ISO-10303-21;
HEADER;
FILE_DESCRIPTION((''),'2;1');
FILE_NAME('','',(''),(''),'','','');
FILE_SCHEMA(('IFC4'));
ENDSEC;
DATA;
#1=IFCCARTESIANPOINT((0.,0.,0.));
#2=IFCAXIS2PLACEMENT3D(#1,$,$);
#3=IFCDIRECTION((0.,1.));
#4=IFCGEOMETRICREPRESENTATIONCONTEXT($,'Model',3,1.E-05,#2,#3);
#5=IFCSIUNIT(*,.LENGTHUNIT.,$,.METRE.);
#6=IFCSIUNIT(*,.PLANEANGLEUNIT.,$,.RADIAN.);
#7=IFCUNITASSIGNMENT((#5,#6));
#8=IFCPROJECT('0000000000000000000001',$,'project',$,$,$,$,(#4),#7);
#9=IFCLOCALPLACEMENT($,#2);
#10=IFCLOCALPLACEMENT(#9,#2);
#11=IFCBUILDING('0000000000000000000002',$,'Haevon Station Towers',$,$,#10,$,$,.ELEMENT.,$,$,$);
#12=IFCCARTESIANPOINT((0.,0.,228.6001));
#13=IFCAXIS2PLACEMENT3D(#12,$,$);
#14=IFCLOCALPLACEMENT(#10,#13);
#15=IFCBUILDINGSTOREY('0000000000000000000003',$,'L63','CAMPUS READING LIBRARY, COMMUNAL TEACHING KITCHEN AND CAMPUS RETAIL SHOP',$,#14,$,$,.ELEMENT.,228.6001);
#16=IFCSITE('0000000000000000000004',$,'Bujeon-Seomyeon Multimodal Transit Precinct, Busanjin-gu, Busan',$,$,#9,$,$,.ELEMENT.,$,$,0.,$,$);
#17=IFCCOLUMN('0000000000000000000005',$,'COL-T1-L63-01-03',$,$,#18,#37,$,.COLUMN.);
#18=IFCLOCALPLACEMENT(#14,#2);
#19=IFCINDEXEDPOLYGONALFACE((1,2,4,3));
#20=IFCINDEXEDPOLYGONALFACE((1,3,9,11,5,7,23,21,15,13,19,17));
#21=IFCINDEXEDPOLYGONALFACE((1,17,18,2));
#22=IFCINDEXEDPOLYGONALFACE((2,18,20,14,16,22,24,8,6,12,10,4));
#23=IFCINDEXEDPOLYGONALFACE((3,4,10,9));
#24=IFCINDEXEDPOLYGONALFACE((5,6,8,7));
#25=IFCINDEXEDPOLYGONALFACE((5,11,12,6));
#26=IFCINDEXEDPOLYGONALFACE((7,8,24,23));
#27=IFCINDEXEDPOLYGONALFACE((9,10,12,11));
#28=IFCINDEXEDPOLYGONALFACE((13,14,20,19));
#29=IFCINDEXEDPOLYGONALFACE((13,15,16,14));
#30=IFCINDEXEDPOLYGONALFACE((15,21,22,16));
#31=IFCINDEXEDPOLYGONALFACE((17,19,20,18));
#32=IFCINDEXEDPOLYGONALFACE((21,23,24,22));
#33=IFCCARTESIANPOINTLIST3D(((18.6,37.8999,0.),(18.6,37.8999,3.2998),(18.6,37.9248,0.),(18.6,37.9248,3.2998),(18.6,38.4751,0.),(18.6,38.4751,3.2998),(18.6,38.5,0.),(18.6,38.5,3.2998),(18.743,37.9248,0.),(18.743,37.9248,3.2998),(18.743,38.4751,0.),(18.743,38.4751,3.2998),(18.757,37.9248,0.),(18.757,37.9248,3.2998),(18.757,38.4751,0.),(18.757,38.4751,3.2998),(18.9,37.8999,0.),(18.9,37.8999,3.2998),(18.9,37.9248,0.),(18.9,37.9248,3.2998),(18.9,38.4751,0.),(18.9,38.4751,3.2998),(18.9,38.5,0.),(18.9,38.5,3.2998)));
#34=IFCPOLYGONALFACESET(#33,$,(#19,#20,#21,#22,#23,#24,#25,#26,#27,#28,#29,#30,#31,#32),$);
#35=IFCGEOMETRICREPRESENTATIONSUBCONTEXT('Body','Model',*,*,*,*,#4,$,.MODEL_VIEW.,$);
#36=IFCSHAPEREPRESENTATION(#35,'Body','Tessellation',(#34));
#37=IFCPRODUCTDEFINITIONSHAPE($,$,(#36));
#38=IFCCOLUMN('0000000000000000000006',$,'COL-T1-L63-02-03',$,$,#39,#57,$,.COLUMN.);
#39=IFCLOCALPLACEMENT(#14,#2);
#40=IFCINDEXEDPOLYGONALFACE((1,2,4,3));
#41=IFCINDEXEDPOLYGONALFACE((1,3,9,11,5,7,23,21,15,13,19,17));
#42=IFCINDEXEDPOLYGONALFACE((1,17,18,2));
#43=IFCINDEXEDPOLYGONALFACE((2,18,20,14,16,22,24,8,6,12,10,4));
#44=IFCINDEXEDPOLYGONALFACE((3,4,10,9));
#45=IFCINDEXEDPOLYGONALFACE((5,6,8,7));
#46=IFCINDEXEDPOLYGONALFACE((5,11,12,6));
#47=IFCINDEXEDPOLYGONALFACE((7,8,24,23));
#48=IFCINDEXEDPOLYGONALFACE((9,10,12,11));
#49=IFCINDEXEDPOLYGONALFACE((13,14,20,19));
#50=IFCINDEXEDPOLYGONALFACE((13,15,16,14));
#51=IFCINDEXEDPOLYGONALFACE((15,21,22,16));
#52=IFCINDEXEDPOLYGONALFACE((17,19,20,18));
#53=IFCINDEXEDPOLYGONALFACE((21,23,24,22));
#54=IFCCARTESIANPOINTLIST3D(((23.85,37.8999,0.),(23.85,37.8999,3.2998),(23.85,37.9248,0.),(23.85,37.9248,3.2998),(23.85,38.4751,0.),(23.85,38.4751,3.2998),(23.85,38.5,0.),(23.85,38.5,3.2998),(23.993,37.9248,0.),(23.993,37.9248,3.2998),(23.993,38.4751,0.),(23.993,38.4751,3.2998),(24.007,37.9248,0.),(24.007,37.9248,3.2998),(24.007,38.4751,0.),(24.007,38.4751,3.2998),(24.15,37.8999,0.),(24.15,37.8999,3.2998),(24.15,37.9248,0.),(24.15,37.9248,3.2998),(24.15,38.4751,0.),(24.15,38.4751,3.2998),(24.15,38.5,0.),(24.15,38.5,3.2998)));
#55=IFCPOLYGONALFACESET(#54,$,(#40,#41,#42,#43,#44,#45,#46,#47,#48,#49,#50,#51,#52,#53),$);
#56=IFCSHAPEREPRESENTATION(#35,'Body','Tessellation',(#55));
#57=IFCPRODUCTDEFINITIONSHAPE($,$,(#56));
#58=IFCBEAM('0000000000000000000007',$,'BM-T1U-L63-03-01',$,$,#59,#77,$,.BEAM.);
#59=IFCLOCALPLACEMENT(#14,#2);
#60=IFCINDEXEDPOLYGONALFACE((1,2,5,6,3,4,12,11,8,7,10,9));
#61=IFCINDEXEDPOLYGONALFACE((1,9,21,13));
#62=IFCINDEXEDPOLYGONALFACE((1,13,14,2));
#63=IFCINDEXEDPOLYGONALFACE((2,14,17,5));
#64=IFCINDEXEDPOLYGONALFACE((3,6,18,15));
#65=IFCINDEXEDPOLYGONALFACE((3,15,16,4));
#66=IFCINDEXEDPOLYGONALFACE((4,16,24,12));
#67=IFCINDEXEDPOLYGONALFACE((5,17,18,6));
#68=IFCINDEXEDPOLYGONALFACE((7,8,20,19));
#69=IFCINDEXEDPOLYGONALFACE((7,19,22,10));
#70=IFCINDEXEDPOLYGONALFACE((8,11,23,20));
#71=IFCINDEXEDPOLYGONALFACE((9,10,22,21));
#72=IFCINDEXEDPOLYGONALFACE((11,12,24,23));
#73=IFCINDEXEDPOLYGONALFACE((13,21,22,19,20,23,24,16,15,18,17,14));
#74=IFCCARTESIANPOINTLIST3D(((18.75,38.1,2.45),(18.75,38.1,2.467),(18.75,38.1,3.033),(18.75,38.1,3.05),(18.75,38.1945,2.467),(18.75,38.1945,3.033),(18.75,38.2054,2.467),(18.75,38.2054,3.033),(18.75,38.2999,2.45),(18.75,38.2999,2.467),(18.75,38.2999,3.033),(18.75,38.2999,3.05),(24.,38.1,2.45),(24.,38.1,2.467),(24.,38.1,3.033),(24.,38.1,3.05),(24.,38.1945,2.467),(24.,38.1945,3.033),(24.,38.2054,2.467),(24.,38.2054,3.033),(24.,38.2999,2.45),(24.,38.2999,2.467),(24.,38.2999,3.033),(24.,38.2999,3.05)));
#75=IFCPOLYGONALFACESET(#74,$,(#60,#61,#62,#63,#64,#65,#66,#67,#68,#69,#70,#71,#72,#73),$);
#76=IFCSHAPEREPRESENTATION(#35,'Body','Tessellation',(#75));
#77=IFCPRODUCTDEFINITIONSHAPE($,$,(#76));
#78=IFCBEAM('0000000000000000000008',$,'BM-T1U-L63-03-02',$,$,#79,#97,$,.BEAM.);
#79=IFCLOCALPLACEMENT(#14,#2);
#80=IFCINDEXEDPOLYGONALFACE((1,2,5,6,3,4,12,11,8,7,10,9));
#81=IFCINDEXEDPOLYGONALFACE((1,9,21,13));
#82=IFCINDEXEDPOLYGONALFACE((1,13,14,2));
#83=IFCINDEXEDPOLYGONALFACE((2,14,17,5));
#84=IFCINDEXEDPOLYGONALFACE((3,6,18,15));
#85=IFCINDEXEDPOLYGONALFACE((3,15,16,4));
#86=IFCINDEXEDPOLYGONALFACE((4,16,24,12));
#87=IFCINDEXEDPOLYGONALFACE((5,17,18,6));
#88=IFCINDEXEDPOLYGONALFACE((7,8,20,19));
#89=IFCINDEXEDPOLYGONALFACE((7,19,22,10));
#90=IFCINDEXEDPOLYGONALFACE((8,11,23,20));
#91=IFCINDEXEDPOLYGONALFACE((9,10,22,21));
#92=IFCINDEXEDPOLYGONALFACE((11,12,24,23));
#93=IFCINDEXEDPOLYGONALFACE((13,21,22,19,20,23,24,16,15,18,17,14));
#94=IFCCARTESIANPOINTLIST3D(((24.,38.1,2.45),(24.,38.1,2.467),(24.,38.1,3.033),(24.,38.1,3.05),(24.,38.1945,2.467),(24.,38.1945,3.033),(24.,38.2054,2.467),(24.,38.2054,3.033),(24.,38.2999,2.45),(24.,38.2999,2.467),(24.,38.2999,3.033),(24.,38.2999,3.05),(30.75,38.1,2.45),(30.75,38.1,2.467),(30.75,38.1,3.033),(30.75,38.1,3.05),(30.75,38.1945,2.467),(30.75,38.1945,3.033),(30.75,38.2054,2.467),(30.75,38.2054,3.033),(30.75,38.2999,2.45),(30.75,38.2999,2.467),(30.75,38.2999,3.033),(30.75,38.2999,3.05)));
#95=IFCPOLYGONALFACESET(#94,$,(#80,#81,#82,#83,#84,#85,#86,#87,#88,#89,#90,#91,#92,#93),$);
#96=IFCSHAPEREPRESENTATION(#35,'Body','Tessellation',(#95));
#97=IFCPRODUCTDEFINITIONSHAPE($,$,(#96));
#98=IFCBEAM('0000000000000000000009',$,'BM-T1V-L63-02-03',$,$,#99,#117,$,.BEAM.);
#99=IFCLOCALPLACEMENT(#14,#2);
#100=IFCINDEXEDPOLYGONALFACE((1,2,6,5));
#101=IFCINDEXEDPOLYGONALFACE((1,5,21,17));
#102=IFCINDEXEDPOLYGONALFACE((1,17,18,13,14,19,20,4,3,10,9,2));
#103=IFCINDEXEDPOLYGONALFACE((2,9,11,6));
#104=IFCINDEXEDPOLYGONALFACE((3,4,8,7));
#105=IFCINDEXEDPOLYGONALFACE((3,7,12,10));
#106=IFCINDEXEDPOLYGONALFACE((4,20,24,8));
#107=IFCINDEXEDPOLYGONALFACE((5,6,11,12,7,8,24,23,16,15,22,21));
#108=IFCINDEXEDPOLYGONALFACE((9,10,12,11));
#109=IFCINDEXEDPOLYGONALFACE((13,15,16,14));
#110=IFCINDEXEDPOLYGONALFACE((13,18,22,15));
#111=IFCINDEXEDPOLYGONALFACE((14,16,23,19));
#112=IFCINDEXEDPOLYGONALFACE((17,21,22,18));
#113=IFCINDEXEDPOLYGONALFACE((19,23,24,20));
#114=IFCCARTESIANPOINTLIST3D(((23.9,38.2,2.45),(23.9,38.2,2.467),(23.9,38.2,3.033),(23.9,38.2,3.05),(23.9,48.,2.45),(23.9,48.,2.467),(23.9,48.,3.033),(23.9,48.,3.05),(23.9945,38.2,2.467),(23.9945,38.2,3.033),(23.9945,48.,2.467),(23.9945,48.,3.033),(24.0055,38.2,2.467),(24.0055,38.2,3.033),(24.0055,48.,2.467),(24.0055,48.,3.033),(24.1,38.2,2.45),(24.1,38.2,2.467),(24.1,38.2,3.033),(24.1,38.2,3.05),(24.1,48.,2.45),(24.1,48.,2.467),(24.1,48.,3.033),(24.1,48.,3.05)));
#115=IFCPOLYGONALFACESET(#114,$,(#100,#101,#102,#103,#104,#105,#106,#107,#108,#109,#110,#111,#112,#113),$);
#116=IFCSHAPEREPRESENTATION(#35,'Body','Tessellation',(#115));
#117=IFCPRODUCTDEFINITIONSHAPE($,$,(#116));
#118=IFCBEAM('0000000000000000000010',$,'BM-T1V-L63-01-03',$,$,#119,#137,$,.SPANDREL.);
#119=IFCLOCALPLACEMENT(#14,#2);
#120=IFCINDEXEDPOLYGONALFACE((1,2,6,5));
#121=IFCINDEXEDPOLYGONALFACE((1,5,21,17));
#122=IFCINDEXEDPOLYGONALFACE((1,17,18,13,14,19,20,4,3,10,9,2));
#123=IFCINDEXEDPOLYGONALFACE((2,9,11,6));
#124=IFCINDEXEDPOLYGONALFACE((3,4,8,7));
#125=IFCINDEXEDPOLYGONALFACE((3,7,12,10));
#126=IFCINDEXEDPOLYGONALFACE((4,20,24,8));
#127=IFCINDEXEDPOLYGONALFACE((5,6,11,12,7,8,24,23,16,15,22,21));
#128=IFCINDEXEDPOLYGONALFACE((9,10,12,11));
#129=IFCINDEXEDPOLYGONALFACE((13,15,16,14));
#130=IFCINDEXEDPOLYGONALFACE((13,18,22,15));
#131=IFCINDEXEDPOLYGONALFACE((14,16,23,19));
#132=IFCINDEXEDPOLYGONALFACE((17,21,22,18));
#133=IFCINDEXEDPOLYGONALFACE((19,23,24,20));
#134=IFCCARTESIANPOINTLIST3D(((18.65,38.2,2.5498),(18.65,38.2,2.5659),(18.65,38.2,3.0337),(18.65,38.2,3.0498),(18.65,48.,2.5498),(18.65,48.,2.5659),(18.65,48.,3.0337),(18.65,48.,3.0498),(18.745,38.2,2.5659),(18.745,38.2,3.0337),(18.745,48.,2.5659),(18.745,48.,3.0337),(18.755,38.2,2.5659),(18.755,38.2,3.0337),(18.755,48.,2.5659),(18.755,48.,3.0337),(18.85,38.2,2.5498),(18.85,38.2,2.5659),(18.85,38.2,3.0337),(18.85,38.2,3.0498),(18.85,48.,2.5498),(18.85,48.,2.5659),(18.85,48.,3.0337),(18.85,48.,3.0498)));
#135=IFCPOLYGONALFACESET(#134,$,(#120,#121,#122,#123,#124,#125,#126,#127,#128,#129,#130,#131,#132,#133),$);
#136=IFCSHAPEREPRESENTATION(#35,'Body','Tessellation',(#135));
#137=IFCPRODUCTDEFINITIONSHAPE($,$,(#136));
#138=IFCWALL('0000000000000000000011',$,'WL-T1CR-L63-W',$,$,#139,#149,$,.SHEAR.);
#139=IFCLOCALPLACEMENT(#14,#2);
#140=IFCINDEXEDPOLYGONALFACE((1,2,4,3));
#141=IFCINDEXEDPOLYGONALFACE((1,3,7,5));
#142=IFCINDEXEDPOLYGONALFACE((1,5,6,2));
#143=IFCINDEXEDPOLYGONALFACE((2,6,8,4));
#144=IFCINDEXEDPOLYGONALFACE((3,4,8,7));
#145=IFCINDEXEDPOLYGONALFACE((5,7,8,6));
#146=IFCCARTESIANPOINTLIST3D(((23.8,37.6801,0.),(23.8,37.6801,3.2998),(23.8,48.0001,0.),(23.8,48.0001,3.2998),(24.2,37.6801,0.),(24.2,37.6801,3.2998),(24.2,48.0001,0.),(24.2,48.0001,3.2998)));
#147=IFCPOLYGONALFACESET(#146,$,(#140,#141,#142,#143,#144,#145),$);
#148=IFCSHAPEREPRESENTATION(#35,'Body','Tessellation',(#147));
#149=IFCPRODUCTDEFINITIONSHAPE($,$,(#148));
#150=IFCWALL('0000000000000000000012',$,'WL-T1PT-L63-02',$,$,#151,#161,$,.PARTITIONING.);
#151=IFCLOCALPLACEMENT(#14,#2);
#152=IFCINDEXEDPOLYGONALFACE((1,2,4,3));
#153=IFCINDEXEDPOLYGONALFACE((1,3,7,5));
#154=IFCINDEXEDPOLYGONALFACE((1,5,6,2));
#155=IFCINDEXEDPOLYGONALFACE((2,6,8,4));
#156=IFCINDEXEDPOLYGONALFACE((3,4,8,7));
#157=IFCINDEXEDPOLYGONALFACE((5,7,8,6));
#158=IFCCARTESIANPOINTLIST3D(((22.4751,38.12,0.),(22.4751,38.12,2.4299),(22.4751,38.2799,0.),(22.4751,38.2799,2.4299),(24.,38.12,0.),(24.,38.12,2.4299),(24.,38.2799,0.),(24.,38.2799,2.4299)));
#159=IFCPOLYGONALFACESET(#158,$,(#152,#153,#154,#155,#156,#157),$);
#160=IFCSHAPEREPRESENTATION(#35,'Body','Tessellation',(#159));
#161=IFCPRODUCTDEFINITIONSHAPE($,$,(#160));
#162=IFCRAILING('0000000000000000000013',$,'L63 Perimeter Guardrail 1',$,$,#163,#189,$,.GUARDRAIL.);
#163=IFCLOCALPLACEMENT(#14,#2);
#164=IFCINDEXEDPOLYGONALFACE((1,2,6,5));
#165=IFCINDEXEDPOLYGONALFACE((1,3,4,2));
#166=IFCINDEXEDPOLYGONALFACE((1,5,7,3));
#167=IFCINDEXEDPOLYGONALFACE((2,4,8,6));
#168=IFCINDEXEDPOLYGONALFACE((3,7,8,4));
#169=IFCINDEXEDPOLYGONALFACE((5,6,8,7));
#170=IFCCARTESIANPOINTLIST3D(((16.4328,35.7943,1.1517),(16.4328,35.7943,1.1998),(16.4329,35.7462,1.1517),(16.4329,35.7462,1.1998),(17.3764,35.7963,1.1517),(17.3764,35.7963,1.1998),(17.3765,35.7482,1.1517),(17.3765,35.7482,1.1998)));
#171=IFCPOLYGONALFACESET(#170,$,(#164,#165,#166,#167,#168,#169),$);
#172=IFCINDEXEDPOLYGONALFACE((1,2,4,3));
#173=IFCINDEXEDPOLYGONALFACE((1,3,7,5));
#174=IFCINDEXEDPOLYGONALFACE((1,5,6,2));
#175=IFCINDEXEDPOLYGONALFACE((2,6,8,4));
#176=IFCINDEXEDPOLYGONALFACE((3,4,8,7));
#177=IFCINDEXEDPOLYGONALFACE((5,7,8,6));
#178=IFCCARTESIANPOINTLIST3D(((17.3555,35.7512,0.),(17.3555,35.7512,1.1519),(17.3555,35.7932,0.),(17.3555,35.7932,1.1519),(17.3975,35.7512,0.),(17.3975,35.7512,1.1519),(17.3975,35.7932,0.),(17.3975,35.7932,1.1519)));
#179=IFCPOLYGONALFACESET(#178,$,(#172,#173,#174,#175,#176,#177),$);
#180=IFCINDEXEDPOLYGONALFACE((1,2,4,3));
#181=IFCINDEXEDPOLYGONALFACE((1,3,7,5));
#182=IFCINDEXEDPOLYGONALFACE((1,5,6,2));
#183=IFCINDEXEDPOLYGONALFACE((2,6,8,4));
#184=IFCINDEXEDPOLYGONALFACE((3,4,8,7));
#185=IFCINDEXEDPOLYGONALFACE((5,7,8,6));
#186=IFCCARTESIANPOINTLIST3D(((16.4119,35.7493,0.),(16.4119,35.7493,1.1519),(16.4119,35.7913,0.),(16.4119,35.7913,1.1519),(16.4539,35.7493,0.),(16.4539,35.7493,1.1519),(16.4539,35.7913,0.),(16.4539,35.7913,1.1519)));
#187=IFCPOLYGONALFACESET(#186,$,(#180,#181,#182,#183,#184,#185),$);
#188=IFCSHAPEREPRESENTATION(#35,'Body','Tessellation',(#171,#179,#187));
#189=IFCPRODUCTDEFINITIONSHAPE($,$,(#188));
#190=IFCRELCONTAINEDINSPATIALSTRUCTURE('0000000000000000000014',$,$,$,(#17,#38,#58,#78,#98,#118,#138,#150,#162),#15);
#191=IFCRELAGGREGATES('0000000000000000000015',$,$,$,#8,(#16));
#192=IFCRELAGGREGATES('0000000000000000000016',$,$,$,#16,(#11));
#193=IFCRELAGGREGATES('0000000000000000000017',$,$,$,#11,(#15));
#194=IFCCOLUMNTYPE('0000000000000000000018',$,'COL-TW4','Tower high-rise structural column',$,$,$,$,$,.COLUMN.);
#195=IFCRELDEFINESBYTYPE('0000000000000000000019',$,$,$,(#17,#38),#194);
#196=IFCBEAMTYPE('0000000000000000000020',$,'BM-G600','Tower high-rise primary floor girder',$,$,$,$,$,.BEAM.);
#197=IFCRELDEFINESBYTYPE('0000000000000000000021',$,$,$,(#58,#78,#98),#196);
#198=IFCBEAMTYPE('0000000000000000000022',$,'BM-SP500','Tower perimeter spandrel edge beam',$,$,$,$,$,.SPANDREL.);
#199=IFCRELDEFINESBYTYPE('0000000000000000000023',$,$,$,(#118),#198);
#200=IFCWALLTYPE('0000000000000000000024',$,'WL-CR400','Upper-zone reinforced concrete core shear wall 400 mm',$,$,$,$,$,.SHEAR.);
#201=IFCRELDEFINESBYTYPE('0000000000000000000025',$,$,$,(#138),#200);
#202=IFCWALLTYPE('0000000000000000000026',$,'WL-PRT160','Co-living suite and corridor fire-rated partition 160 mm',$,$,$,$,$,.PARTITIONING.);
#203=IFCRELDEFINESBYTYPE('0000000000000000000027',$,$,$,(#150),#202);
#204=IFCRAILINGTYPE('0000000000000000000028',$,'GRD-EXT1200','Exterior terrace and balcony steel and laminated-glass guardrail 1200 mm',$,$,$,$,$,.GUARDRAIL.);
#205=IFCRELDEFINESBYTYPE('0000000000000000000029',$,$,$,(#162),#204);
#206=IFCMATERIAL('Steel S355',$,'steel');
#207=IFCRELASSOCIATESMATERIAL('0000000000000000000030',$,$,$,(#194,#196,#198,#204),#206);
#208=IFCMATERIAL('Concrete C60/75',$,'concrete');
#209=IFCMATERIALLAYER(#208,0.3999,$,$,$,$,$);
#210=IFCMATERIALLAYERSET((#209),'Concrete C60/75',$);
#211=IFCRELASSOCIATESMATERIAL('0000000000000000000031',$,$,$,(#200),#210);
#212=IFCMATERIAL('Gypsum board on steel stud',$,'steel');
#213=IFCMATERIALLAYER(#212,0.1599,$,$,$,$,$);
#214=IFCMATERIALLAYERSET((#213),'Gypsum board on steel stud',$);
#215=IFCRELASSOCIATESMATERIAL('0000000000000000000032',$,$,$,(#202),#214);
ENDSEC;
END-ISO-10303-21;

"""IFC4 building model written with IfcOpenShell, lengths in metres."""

from ifc_helpers import new_model, si_unit, direction, frame, frame_2d, origin, origin_2d, place, context, subcontext, project, spatial, rectangle, i_section, extrude, material, layer, layer_set, material_profile, profile_set, type_object, element, save


model = new_model("IFC4")

# Units and contexts
model_context = context("Model", 3, precision=1e-05, world=origin(), true_north=direction((0.0, 1.0)))
body_context = subcontext(model_context, "Body", "Model", "MODEL_VIEW")
ifc_project = project(units=[si_unit("LENGTHUNIT", "METRE"), si_unit("PLANEANGLEUNIT", "RADIAN")], contexts=[model_context])

# Site, building, storey
site_placement = place(None, origin())
site = spatial("IfcSite", under=ifc_project, at=site_placement, Name="Bujeon-Seomyeon Multimodal Transit Precinct, Busanjin-gu, Busan", CompositionType="ELEMENT", RefElevation=0.0)
building_placement = place(site_placement, origin())
building = spatial("IfcBuilding", under=site, at=building_placement, Name="Haevon Station Towers", CompositionType="ELEMENT")
storey_placement = place(building_placement, frame((0.0, 0.0, 228.6001)))
storey = spatial("IfcBuildingStorey", under=building, at=storey_placement, Name="L63", Description="CAMPUS READING LIBRARY, COMMUNAL TEACHING KITCHEN AND CAMPUS RETAIL SHOP", CompositionType="ELEMENT", Elevation=228.6001)

# Columns
ifc_material_1 = material(Name="Steel S355", Category="steel")
ifc_material_profile_1 = material_profile(ifc_material_1, i_section(OverallWidth=0.3, OverallDepth=0.6001, WebThickness=0.0139, FlangeThickness=0.0249, at=origin_2d()), Name="H-600x300x14x25")
ifc_profile_set_1 = profile_set([ifc_material_profile_1], Name="Steel S355")
column_type = type_object("IfcColumnType", Name="COL-TW4", Description="Tower high-rise structural column", PredefinedType="COLUMN", material=ifc_profile_set_1)
for number, where, z_axis, x_axis, name in (
    (1, (18.75, 38.2, 0.0), (0.0, 0.0, 1.0), (1.0, 0.0, 0.0), "COL-T1-L63-01-03"),
    (2, (24.0, 38.2, 0.0), (0.0, 0.0, 1.0), (1.0, 0.0, 0.0), "COL-T1-L63-02-03"),
):
    element("IfcColumn", number, at=place(storey_placement, frame(where, z_axis=z_axis, x_axis=x_axis)), inside=storey, type_object=column_type, Name=name, PredefinedType="COLUMN", context=body_context, shape_type="SweptSolid", body=[
        extrude(i_section(OverallWidth=0.3, OverallDepth=0.6001, WebThickness=0.0139, FlangeThickness=0.0249, at=origin_2d()), origin(), (0.0, 0.0, 1.0), 3.2998),
    ])

# Beams
ifc_material_profile_2 = material_profile(ifc_material_1, i_section(OverallWidth=0.2, OverallDepth=0.6001, WebThickness=0.011, FlangeThickness=0.0171, at=origin_2d()), Name="H-600x200x11x17")
ifc_profile_set_2 = profile_set([ifc_material_profile_2], Name="Steel S355")
beam_type_1 = type_object("IfcBeamType", Name="BM-G600", Description="Tower high-rise primary floor girder", PredefinedType="BEAM", material=ifc_profile_set_2)
beam_1_placement = place(storey_placement, frame((18.75, 38.2, 2.75), z_axis=(1.0, 0.0, 0.0), x_axis=(0.0, 1.0, 0.0)))
element("IfcBeam", 3, at=beam_1_placement, inside=storey, type_object=beam_type_1, Name="BM-T1U-L63-03-01", PredefinedType="BEAM", context=body_context, shape_type="SweptSolid", body=[
    extrude(i_section(OverallWidth=0.2, OverallDepth=0.6001, WebThickness=0.011, FlangeThickness=0.0171, at=origin_2d()), origin(), (0.0, 0.0, 1.0), 5.25),
])
beam_2_placement = place(storey_placement, frame((24.0, 38.2, 2.75), z_axis=(1.0, 0.0, 0.0), x_axis=(0.0, 1.0, 0.0)))
element("IfcBeam", 4, at=beam_2_placement, inside=storey, type_object=beam_type_1, Name="BM-T1U-L63-03-02", PredefinedType="BEAM", context=body_context, shape_type="SweptSolid", body=[
    extrude(i_section(OverallWidth=0.2, OverallDepth=0.6001, WebThickness=0.011, FlangeThickness=0.0171, at=origin_2d()), origin(), (0.0, 0.0, 1.0), 6.75),
])
beam_3_placement = place(storey_placement, frame((24.0, 38.2, 2.75), z_axis=(0.0, 1.0, 0.0), x_axis=(-1.0, 0.0, 0.0)))
element("IfcBeam", 5, at=beam_3_placement, inside=storey, type_object=beam_type_1, Name="BM-T1V-L63-02-03", PredefinedType="BEAM", context=body_context, shape_type="SweptSolid", body=[
    extrude(i_section(OverallWidth=0.2, OverallDepth=0.6001, WebThickness=0.011, FlangeThickness=0.0171, at=origin_2d()), origin(), (0.0, 0.0, 1.0), 9.8),
])
ifc_material_profile_3 = material_profile(ifc_material_1, i_section(OverallWidth=0.2, OverallDepth=0.5, WebThickness=0.01, FlangeThickness=0.0161, at=origin_2d()), Name="H-500x200x10x16")
ifc_profile_set_3 = profile_set([ifc_material_profile_3], Name="Steel S355")
beam_type_2 = type_object("IfcBeamType", Name="BM-SP500", Description="Tower perimeter spandrel edge beam", PredefinedType="SPANDREL", material=ifc_profile_set_3)
beam_4_placement = place(storey_placement, frame((18.75, 38.2, 2.7998), z_axis=(0.0, 1.0, 0.0), x_axis=(-1.0, 0.0, 0.0)))
element("IfcBeam", 6, at=beam_4_placement, inside=storey, type_object=beam_type_2, Name="BM-T1V-L63-01-03", PredefinedType="SPANDREL", context=body_context, shape_type="SweptSolid", body=[
    extrude(i_section(OverallWidth=0.2, OverallDepth=0.5, WebThickness=0.01, FlangeThickness=0.0161, at=origin_2d()), origin(), (0.0, 0.0, 1.0), 9.8),
])

# Walls
ifc_material_2 = material(Name="Concrete C60/75", Category="concrete")
ifc_layer_1 = layer(ifc_material_2, 0.3999)
ifc_layer_set_1 = layer_set([ifc_layer_1], Name="Concrete C60/75")
wall_type_1 = type_object("IfcWallType", Name="WL-CR400", Description="Upper-zone reinforced concrete core shear wall 400 mm", PredefinedType="SHEAR", material=ifc_layer_set_1)
wall_1_placement = place(storey_placement, frame((24.0, 37.6799, 0.0), z_axis=(0.0, 0.0, 1.0), x_axis=(0.0, 1.0, 0.0)))
element("IfcWall", 7, at=wall_1_placement, inside=storey, type_object=wall_type_1, Name="WL-T1CR-L63-W", PredefinedType="SHEAR", context=body_context, shape_type="SweptSolid", body=[
    extrude(rectangle(XDim=10.3201, YDim=0.3999, at=frame_2d((5.1602, 0.0))), origin(), (0.0, 0.0, 1.0), 3.2998),
])
ifc_material_3 = material(Name="Gypsum board on steel stud", Category="steel")
ifc_layer_2 = layer(ifc_material_3, 0.1599)
ifc_layer_set_2 = layer_set([ifc_layer_2], Name="Gypsum board on steel stud")
wall_type_2 = type_object("IfcWallType", Name="WL-PRT160", Description="Co-living suite and corridor fire-rated partition 160 mm", PredefinedType="PARTITIONING", material=ifc_layer_set_2)
wall_2_placement = place(storey_placement, frame((22.4751, 38.2, 0.0), z_axis=(0.0, 0.0, 1.0), x_axis=(1.0, 0.0, 0.0)))
element("IfcWall", 8, at=wall_2_placement, inside=storey, type_object=wall_type_2, Name="WL-T1PT-L63-02", PredefinedType="PARTITIONING", context=body_context, shape_type="SweptSolid", body=[
    extrude(rectangle(XDim=1.5249, YDim=0.1599, at=frame_2d((0.7625, 0.0))), origin(), (0.0, 0.0, 1.0), 2.4299),
])

# Railing
railing_type = type_object("IfcRailingType", Name="GRD-EXT1200", Description="Exterior terrace and balcony steel and laminated-glass guardrail 1200 mm", PredefinedType="GUARDRAIL", material=ifc_material_1)
railing_1_placement = place(storey_placement, frame((17.3765, 35.7722, 0.0)))
element("IfcRailing", 9, at=railing_1_placement, inside=storey, type_object=railing_type, Name="L63 Perimeter Guardrail 1", PredefinedType="GUARDRAIL", context=body_context, shape_type="SweptSolid", body=[
    extrude(rectangle(XDim=0.0481, YDim=0.0481, at=origin_2d()), frame((0.0, 0.0, 1.1758), z_axis=(-0.999998, -0.00207, 0.0), x_axis=(0.00207, -0.999998, 0.0)), (0.0, 0.0, 1.0), 0.9436),
    extrude(rectangle(XDim=0.042, YDim=0.042, at=origin_2d()), origin(), (0.0, 0.0, 1.0), 1.1519),
    extrude(rectangle(XDim=0.042, YDim=0.042, at=origin_2d()), frame((-0.9436, -0.002, 0.0)), (0.0, 0.0, 1.0), 1.1519),
])

save(model, "model.ifc")
